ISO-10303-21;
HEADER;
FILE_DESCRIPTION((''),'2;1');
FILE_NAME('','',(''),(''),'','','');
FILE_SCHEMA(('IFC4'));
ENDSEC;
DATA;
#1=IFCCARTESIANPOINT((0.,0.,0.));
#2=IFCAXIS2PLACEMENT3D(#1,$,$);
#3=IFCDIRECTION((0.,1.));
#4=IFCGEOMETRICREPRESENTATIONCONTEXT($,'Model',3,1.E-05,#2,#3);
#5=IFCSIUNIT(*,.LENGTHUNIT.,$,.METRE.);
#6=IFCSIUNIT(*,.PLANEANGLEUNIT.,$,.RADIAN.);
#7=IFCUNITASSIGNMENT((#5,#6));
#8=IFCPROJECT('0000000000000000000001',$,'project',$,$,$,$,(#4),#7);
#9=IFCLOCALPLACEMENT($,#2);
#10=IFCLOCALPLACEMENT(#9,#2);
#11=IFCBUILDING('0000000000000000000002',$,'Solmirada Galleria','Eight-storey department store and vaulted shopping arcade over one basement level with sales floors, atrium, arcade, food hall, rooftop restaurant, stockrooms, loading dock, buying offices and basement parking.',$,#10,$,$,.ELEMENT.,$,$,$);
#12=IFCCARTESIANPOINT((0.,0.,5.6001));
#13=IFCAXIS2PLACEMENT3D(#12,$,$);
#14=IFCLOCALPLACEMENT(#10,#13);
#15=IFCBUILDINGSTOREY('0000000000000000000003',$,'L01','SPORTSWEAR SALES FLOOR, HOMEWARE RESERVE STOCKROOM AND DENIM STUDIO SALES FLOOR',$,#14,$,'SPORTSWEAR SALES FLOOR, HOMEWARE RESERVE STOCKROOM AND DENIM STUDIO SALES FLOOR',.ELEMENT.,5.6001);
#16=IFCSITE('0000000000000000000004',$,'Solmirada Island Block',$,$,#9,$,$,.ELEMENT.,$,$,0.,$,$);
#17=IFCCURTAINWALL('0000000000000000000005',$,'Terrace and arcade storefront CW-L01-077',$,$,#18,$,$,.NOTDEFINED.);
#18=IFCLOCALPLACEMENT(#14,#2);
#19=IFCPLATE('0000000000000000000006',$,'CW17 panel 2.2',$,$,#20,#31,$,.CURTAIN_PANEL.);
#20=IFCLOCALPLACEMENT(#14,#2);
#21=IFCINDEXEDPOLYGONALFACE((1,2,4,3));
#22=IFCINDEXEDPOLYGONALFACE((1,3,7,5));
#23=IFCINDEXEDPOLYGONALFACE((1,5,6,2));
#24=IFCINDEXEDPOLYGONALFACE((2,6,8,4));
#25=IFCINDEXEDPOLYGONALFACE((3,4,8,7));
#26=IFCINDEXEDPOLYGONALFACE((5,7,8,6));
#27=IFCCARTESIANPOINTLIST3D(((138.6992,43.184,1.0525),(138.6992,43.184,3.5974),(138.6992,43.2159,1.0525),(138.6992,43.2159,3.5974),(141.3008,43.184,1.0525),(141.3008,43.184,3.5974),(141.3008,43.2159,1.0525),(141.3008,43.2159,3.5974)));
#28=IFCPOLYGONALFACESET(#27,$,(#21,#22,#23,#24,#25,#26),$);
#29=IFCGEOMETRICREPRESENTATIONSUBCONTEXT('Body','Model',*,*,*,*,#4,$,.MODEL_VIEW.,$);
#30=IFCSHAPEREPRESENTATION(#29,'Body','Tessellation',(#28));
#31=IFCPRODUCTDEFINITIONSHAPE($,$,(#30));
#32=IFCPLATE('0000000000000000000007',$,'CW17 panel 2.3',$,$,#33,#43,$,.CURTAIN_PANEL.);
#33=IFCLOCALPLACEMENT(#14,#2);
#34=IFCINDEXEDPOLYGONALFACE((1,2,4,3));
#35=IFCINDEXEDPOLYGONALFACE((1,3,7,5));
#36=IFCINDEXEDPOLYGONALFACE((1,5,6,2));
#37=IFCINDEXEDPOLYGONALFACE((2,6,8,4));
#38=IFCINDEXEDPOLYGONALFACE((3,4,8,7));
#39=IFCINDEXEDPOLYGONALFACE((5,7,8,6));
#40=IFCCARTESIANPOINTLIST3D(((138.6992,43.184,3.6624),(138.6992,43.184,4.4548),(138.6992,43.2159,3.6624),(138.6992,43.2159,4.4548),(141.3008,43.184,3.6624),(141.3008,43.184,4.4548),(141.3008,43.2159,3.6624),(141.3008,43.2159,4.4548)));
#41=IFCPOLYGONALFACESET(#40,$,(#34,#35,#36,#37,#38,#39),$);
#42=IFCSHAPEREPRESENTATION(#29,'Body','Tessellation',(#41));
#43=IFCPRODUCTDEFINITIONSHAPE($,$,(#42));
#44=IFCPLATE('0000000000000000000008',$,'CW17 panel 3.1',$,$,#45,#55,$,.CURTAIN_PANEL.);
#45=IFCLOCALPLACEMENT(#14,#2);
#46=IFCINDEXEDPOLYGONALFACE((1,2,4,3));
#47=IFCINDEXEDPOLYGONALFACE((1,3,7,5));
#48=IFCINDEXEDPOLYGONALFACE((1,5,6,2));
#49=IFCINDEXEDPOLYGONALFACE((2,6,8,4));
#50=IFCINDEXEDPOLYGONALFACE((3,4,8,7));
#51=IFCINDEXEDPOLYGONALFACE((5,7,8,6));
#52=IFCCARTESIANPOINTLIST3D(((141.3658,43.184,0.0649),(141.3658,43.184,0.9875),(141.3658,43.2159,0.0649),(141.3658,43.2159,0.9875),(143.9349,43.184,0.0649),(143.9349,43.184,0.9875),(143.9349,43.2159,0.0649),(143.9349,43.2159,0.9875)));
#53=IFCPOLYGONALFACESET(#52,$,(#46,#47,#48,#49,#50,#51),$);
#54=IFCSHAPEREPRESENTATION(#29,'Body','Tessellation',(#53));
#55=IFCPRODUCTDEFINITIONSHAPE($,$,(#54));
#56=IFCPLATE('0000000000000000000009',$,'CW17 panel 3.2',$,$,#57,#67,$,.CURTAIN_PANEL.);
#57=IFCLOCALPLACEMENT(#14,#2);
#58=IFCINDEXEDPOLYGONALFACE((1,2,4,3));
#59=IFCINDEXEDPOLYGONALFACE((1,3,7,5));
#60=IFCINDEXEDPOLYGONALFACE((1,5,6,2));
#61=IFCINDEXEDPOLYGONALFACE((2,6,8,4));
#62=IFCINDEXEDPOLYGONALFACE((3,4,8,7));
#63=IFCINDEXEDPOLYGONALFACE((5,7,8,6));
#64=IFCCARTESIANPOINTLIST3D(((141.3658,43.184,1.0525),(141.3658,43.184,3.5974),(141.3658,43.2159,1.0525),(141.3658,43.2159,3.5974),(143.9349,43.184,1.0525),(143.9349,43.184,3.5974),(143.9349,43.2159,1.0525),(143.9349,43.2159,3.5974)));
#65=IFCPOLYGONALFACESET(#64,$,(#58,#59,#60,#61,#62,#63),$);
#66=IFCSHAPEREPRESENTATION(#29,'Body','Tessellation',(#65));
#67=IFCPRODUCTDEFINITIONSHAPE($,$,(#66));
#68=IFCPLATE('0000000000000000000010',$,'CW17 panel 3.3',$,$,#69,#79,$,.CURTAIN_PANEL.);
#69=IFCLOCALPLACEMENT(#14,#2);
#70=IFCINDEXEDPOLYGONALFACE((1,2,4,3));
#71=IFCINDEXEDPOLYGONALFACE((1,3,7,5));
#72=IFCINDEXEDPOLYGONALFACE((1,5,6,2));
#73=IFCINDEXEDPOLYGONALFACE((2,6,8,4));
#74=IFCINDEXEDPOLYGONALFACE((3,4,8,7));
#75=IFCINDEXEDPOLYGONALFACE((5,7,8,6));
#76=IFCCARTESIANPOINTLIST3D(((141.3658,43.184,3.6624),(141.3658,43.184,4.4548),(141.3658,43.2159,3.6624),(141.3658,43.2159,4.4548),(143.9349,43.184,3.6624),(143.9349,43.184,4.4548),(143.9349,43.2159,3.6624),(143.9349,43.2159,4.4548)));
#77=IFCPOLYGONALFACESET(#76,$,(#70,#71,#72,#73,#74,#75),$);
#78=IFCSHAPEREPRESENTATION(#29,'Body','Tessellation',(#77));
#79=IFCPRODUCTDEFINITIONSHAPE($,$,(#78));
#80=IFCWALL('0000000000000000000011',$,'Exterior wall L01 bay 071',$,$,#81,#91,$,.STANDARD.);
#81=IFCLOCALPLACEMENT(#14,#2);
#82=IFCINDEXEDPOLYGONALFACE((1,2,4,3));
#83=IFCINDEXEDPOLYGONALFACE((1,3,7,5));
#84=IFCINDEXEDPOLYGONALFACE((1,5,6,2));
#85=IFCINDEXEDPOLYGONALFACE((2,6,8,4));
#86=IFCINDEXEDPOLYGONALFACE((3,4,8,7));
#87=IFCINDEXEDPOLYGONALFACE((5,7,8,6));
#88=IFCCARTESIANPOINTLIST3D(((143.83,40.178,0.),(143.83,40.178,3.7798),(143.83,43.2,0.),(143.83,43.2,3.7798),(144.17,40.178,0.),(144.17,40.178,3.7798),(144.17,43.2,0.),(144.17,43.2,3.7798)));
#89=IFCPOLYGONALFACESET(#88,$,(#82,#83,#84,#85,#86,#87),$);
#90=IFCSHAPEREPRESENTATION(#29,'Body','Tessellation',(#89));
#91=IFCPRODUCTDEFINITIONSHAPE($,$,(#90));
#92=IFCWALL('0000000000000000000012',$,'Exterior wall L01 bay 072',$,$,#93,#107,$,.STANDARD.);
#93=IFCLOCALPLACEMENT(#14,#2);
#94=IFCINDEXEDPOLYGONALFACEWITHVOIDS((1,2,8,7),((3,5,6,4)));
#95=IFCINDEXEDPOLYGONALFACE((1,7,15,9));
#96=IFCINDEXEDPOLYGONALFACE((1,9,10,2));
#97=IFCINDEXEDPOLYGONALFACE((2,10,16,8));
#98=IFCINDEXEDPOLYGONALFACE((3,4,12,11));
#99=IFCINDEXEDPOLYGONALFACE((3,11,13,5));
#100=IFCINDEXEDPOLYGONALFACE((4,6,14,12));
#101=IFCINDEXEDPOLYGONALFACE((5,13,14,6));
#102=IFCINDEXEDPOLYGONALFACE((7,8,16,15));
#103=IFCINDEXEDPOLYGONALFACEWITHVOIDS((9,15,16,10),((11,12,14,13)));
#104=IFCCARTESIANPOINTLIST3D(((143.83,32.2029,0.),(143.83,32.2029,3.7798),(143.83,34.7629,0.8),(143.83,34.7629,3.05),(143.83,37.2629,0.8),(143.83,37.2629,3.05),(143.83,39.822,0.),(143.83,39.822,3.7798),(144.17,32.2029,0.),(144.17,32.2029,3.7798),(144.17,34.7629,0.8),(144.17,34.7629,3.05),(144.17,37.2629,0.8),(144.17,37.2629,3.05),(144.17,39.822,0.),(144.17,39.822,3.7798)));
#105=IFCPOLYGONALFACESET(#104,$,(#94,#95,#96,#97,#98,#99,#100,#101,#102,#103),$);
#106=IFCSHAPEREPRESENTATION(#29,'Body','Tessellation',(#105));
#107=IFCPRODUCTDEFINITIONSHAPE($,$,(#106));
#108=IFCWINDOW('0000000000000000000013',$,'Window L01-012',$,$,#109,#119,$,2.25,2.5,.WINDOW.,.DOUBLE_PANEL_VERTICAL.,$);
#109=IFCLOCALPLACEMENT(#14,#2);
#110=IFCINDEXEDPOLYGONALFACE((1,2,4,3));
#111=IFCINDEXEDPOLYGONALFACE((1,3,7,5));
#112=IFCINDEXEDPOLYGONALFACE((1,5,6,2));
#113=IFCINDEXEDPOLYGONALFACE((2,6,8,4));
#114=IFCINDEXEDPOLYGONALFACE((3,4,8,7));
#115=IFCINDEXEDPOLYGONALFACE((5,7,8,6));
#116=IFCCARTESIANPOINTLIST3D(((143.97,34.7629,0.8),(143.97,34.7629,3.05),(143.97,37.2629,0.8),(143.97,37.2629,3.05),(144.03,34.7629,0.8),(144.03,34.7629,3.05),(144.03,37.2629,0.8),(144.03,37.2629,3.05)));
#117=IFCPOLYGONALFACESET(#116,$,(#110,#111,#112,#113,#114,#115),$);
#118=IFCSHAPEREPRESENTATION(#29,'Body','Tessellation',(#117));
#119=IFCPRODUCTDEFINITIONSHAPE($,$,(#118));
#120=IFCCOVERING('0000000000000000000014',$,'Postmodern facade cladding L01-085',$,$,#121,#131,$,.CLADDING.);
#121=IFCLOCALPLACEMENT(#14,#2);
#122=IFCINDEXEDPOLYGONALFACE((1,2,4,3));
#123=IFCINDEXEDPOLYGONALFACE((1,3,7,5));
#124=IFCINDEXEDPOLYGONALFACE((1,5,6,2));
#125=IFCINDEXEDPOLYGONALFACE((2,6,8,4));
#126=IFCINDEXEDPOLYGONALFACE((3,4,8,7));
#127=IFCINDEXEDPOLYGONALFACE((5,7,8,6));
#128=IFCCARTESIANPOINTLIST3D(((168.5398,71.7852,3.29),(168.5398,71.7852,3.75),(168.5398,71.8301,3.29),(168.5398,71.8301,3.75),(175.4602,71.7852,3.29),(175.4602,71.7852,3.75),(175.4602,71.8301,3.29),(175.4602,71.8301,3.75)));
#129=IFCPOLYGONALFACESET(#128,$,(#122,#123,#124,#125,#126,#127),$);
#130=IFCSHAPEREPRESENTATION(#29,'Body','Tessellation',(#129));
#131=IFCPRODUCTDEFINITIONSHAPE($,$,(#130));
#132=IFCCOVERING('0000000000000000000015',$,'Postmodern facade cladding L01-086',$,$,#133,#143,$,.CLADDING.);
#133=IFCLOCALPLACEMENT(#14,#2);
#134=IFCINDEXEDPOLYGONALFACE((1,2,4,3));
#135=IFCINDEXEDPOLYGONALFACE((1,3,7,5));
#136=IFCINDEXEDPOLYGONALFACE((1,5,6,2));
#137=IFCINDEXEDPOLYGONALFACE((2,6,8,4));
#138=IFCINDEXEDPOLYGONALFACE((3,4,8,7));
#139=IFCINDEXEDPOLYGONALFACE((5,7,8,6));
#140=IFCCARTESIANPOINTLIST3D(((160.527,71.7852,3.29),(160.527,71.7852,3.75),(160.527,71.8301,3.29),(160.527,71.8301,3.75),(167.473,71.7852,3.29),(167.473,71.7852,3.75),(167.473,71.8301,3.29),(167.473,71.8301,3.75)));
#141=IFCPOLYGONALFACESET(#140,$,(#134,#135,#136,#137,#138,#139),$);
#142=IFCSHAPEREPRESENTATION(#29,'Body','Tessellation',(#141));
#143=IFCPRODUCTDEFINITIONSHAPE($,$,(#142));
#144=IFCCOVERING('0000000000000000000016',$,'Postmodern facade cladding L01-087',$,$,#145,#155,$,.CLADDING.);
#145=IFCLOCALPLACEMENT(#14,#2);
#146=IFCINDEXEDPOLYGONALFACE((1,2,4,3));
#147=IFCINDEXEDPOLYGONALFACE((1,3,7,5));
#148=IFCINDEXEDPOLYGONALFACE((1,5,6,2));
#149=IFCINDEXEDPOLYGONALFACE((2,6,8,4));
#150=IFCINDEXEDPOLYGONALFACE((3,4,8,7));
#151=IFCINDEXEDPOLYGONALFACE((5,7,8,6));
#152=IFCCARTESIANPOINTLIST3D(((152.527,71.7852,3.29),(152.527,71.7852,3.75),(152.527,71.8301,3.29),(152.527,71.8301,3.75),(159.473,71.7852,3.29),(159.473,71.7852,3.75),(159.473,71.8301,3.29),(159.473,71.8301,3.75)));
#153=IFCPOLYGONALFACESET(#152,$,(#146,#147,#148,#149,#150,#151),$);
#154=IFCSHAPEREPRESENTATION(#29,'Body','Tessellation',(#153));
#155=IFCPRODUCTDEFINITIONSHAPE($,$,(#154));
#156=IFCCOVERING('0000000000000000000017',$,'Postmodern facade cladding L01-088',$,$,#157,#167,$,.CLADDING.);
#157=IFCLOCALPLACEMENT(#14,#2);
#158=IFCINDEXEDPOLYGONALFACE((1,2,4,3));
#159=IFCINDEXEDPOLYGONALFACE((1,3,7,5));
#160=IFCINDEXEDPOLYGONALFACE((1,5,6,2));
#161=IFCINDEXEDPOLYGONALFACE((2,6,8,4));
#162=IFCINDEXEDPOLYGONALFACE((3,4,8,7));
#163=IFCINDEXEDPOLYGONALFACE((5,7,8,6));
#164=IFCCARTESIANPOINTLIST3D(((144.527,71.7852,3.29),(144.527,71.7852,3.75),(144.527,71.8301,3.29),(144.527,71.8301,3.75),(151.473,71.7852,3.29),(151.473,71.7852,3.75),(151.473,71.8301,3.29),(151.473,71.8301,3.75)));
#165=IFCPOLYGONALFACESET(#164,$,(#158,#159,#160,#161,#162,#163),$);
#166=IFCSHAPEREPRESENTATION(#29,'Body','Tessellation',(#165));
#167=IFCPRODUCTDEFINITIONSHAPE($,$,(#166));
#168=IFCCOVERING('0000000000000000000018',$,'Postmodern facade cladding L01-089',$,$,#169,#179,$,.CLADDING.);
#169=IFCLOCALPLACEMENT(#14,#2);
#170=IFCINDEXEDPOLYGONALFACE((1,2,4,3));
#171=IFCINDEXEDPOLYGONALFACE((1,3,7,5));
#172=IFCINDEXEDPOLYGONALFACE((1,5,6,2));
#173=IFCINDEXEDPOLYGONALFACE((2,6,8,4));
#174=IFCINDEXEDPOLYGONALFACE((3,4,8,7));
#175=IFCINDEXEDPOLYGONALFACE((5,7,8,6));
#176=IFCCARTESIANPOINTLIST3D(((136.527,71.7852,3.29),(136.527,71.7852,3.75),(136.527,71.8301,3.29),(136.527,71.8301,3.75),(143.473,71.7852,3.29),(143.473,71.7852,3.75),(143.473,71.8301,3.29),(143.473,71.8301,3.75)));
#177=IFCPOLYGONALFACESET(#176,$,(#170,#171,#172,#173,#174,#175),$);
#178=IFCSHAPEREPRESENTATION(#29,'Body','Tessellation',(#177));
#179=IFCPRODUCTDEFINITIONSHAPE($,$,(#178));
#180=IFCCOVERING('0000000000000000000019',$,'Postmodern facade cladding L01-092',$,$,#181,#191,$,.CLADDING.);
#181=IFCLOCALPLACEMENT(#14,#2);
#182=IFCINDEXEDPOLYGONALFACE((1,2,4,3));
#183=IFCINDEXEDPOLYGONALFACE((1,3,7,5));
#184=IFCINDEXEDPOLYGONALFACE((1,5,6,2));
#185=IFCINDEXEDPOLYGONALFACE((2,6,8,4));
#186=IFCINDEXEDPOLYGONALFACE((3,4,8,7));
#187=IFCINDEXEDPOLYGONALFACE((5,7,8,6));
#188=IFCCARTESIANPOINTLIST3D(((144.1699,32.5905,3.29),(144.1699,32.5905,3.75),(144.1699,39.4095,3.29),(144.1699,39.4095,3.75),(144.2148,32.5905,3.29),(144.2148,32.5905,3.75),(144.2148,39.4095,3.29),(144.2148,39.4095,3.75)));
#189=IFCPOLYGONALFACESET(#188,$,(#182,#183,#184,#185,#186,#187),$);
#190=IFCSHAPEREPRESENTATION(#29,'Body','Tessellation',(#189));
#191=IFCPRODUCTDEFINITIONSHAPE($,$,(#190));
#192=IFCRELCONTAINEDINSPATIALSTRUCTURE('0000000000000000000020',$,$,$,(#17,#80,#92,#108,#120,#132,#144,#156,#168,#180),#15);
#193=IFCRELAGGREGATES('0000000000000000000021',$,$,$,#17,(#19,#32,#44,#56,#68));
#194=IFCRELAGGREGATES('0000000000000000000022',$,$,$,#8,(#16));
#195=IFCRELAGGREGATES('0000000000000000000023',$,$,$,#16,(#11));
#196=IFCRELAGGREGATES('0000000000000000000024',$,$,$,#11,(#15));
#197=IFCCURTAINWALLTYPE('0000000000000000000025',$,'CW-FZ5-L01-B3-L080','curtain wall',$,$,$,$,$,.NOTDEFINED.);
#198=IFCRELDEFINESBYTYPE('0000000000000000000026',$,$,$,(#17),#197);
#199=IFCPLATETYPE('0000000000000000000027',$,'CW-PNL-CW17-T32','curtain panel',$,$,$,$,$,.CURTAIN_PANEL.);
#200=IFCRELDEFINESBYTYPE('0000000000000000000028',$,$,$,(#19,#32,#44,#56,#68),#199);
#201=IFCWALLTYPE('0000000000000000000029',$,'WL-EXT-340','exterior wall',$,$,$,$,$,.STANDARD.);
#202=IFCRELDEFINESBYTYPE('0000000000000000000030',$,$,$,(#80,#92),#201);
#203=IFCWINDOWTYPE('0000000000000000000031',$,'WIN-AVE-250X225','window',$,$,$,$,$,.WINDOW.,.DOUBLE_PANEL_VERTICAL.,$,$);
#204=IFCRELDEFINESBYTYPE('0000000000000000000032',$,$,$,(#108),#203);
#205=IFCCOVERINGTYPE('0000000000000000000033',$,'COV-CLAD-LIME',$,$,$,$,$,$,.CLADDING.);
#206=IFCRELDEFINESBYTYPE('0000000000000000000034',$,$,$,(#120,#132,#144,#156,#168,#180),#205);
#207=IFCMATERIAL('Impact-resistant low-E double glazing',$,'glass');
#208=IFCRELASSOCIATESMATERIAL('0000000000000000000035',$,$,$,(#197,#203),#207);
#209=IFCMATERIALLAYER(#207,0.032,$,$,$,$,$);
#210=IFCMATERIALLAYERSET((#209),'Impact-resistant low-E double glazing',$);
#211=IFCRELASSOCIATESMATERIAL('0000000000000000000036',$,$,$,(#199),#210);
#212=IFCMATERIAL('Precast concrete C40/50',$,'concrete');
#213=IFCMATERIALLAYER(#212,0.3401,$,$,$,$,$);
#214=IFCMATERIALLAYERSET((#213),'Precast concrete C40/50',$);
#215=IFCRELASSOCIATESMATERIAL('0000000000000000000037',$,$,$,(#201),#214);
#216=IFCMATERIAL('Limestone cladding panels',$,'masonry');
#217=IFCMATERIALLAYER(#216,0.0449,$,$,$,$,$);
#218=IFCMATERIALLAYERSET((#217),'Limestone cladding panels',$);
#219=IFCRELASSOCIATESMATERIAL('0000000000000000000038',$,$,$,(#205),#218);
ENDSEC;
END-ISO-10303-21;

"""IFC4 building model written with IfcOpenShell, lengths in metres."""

from ifc_helpers import new_model, si_unit, direction, frame, frame_2d, origin, origin_2d, place, context, subcontext, project, spatial, rectangle, extrude, material, layer, layer_set, type_object, element, fill, aggregate, save


model = new_model("IFC4")

# Units and contexts
model_context = context("Model", 3, precision=1e-05, world=origin(), true_north=direction((0.0, 1.0)))
body_context = subcontext(model_context, "Body", "Model", "MODEL_VIEW")
ifc_project = project(units=[si_unit("LENGTHUNIT", "METRE"), si_unit("PLANEANGLEUNIT", "RADIAN")], contexts=[model_context])

# Site, building, storey
site_placement = place(None, origin())
site = spatial("IfcSite", under=ifc_project, at=site_placement, Name="Solmirada Island Block", CompositionType="ELEMENT", RefElevation=0.0)
building_placement = place(site_placement, origin())
building = spatial("IfcBuilding", under=site, at=building_placement, Name="Solmirada Galleria", Description="Eight-storey department store and vaulted shopping arcade over one basement level with sales floors, atrium, arcade, food hall, rooftop restaurant, stockrooms, loading dock, buying offices and basement parking.", CompositionType="ELEMENT")
storey_placement = place(building_placement, frame((0.0, 0.0, 5.6001)))
storey = spatial("IfcBuildingStorey", under=building, at=storey_placement, Name="L01", Description="SPORTSWEAR SALES FLOOR, HOMEWARE RESERVE STOCKROOM AND DENIM STUDIO SALES FLOOR", LongName="SPORTSWEAR SALES FLOOR, HOMEWARE RESERVE STOCKROOM AND DENIM STUDIO SALES FLOOR", CompositionType="ELEMENT", Elevation=5.6001)

# Curtain wall, plates
ifc_material_1 = material(Name="Impact-resistant low-E double glazing", Category="glass")
curtain_wall_type = type_object("IfcCurtainWallType", Name="CW-FZ5-L01-B3-L080", Description="curtain wall", PredefinedType="NOTDEFINED", material=ifc_material_1)
curtain_wall_placement = place(storey_placement, origin())
curtain_wall = element("IfcCurtainWall", 1, at=curtain_wall_placement, inside=storey, type_object=curtain_wall_type, Name="Terrace and arcade storefront CW-L01-077", PredefinedType="NOTDEFINED")
ifc_layer_1 = layer(ifc_material_1, 0.032)
ifc_layer_set_1 = layer_set([ifc_layer_1], Name="Impact-resistant low-E double glazing")
plate_type = type_object("IfcPlateType", Name="CW-PNL-CW17-T32", Description="curtain panel", PredefinedType="CURTAIN_PANEL", material=ifc_layer_set_1)
plate_1_placement = place(storey_placement, frame((140.0, 43.2, 1.0525), z_axis=(0.0, 0.0, 1.0), x_axis=(1.0, 0.0, 0.0)))
plate_1 = element("IfcPlate", 2, at=plate_1_placement, type_object=plate_type, Name="CW17 panel 2.2", PredefinedType="CURTAIN_PANEL", context=body_context, shape_type="SweptSolid", body=[
    extrude(rectangle(XDim=2.6016, YDim=0.032, at=origin_2d()), origin(), (0.0, 0.0, 1.0), 2.5449),
])
plate_2_placement = place(storey_placement, frame((140.0, 43.2, 3.6624), z_axis=(0.0, 0.0, 1.0), x_axis=(1.0, 0.0, 0.0)))
plate_2 = element("IfcPlate", 3, at=plate_2_placement, type_object=plate_type, Name="CW17 panel 2.3", PredefinedType="CURTAIN_PANEL", context=body_context, shape_type="SweptSolid", body=[
    extrude(rectangle(XDim=2.6016, YDim=0.032, at=origin_2d()), origin(), (0.0, 0.0, 1.0), 0.7925),
])
plate_3_placement = place(storey_placement, frame((142.6504, 43.2, 0.0649), z_axis=(0.0, 0.0, 1.0), x_axis=(1.0, 0.0, 0.0)))
plate_3 = element("IfcPlate", 4, at=plate_3_placement, type_object=plate_type, Name="CW17 panel 3.1", PredefinedType="CURTAIN_PANEL", context=body_context, shape_type="SweptSolid", body=[
    extrude(rectangle(XDim=2.5691, YDim=0.032, at=origin_2d()), origin(), (0.0, 0.0, 1.0), 0.9226),
])
plate_4_placement = place(storey_placement, frame((142.6504, 43.2, 1.0525), z_axis=(0.0, 0.0, 1.0), x_axis=(1.0, 0.0, 0.0)))
plate_4 = element("IfcPlate", 5, at=plate_4_placement, type_object=plate_type, Name="CW17 panel 3.2", PredefinedType="CURTAIN_PANEL", context=body_context, shape_type="SweptSolid", body=[
    extrude(rectangle(XDim=2.5691, YDim=0.032, at=origin_2d()), origin(), (0.0, 0.0, 1.0), 2.5449),
])
plate_5_placement = place(storey_placement, frame((142.6504, 43.2, 3.6624), z_axis=(0.0, 0.0, 1.0), x_axis=(1.0, 0.0, 0.0)))
plate_5 = element("IfcPlate", 6, at=plate_5_placement, type_object=plate_type, Name="CW17 panel 3.3", PredefinedType="CURTAIN_PANEL", context=body_context, shape_type="SweptSolid", body=[
    extrude(rectangle(XDim=2.5691, YDim=0.032, at=origin_2d()), origin(), (0.0, 0.0, 1.0), 0.7925),
])
aggregate(curtain_wall, [plate_1, plate_2, plate_3, plate_4, plate_5])

# Wall
ifc_material_2 = material(Name="Precast concrete C40/50", Category="concrete")
ifc_layer_2 = layer(ifc_material_2, 0.3401)
ifc_layer_set_2 = layer_set([ifc_layer_2], Name="Precast concrete C40/50")
wall_type = type_object("IfcWallType", Name="WL-EXT-340", Description="exterior wall", PredefinedType="STANDARD", material=ifc_layer_set_2)
wall_1_placement = place(storey_placement, frame((144.0, 43.2, 0.0), z_axis=(0.0, 0.0, 1.0), x_axis=(0.0, -1.0, 0.0)))
element("IfcWall", 7, at=wall_1_placement, inside=storey, type_object=wall_type, Name="Exterior wall L01 bay 071", PredefinedType="STANDARD", context=body_context, shape_type="SweptSolid", body=[
    extrude(rectangle(XDim=3.022, YDim=0.3401, at=frame_2d((1.511, 0.0))), origin(), (0.0, 0.0, 1.0), 3.7798),
])

# Wall, opening, window
wall_2_placement = place(storey_placement, frame((144.0, 39.822, 0.0), z_axis=(0.0, 0.0, 1.0), x_axis=(0.0, -1.0, 0.0)))
wall_2 = element("IfcWall", 8, at=wall_2_placement, inside=storey, type_object=wall_type, Name="Exterior wall L01 bay 072", PredefinedType="STANDARD", context=body_context, shape_type="SweptSolid", body=[
    extrude(rectangle(XDim=7.6191, YDim=0.3401, at=frame_2d((3.8096, 0.0))), origin(), (0.0, 0.0, 1.0), 3.7798),
])
opening_placement = place(wall_2_placement, frame((2.5591, 0.0, 0.8)))
opening = element("IfcOpeningElement", 9, at=opening_placement, cuts=wall_2, PredefinedType="OPENING", context=body_context, shape_type="SweptSolid", body=[
    extrude(rectangle(XDim=2.5, YDim=2.25, at=frame_2d((1.25, 1.125))), frame((0.0, 0.1799, 0.0), z_axis=(0.0, -1.0, 0.0), x_axis=(1.0, 0.0, 0.0)), (0.0, 0.0, 1.0), 0.3601),
])
window_type = type_object("IfcWindowType", Name="WIN-AVE-250X225", Description="window", PartitioningType="DOUBLE_PANEL_VERTICAL", PredefinedType="WINDOW", material=ifc_material_1)
window_placement = place(opening_placement, origin())
window = element("IfcWindow", 10, at=window_placement, inside=storey, type_object=window_type, Name="Window L01-012", OverallHeight=2.25, OverallWidth=2.5, PartitioningType="DOUBLE_PANEL_VERTICAL", PredefinedType="WINDOW", context=body_context, shape_type="SweptSolid", body=[
    extrude(rectangle(XDim=2.5, YDim=2.25, at=frame_2d((1.25, 1.125))), frame((0.0, 0.03, 0.0), z_axis=(0.0, -1.0, 0.0), x_axis=(1.0, 0.0, 0.0)), (0.0, 0.0, 1.0), 0.0601),
])
fill(opening, window)

# Coverings
ifc_material_3 = material(Name="Limestone cladding panels", Category="masonry")
ifc_layer_3 = layer(ifc_material_3, 0.0449)
ifc_layer_set_3 = layer_set([ifc_layer_3], Name="Limestone cladding panels")
covering_type = type_object("IfcCoveringType", Name="COV-CLAD-LIME", PredefinedType="CLADDING", material=ifc_layer_set_3)
covering_1_placement = place(storey_placement, frame((172.0, 71.8076, 3.29), z_axis=(0.0, 0.0, 1.0), x_axis=(-1.0, 0.0, 0.0)))
element("IfcCovering", 11, at=covering_1_placement, inside=storey, type_object=covering_type, Name="Postmodern facade cladding L01-085", PredefinedType="CLADDING", context=body_context, shape_type="SweptSolid", body=[
    extrude(rectangle(XDim=6.9204, YDim=0.0449, at=origin_2d()), origin(), (0.0, 0.0, 1.0), 0.46),
])
for number, where, z_axis, x_axis, name in (
    (12, (164.0, 71.8076, 3.29), (0.0, 0.0, 1.0), (-1.0, 0.0, 0.0), "Postmodern facade cladding L01-086"),
    (13, (156.0, 71.8076, 3.29), (0.0, 0.0, 1.0), (-1.0, 0.0, 0.0), "Postmodern facade cladding L01-087"),
    (14, (148.0, 71.8076, 3.29), (0.0, 0.0, 1.0), (-1.0, 0.0, 0.0), "Postmodern facade cladding L01-088"),
    (15, (140.0, 71.8076, 3.29), (0.0, 0.0, 1.0), (-1.0, 0.0, 0.0), "Postmodern facade cladding L01-089"),
):
    element("IfcCovering", number, at=place(storey_placement, frame(where, z_axis=z_axis, x_axis=x_axis)), inside=storey, type_object=covering_type, Name=name, PredefinedType="CLADDING", context=body_context, shape_type="SweptSolid", body=[
        extrude(rectangle(XDim=6.946, YDim=0.0449, at=origin_2d()), origin(), (0.0, 0.0, 1.0), 0.46),
    ])
covering_2_placement = place(storey_placement, frame((144.1924, 36.0, 3.29), z_axis=(0.0, 0.0, 1.0), x_axis=(0.0, -1.0, 0.0)))
element("IfcCovering", 16, at=covering_2_placement, inside=storey, type_object=covering_type, Name="Postmodern facade cladding L01-092", PredefinedType="CLADDING", context=body_context, shape_type="SweptSolid", body=[
    extrude(rectangle(XDim=6.8191, YDim=0.0449, at=origin_2d()), origin(), (0.0, 0.0, 1.0), 0.46),
])

save(model, "model.ifc")
